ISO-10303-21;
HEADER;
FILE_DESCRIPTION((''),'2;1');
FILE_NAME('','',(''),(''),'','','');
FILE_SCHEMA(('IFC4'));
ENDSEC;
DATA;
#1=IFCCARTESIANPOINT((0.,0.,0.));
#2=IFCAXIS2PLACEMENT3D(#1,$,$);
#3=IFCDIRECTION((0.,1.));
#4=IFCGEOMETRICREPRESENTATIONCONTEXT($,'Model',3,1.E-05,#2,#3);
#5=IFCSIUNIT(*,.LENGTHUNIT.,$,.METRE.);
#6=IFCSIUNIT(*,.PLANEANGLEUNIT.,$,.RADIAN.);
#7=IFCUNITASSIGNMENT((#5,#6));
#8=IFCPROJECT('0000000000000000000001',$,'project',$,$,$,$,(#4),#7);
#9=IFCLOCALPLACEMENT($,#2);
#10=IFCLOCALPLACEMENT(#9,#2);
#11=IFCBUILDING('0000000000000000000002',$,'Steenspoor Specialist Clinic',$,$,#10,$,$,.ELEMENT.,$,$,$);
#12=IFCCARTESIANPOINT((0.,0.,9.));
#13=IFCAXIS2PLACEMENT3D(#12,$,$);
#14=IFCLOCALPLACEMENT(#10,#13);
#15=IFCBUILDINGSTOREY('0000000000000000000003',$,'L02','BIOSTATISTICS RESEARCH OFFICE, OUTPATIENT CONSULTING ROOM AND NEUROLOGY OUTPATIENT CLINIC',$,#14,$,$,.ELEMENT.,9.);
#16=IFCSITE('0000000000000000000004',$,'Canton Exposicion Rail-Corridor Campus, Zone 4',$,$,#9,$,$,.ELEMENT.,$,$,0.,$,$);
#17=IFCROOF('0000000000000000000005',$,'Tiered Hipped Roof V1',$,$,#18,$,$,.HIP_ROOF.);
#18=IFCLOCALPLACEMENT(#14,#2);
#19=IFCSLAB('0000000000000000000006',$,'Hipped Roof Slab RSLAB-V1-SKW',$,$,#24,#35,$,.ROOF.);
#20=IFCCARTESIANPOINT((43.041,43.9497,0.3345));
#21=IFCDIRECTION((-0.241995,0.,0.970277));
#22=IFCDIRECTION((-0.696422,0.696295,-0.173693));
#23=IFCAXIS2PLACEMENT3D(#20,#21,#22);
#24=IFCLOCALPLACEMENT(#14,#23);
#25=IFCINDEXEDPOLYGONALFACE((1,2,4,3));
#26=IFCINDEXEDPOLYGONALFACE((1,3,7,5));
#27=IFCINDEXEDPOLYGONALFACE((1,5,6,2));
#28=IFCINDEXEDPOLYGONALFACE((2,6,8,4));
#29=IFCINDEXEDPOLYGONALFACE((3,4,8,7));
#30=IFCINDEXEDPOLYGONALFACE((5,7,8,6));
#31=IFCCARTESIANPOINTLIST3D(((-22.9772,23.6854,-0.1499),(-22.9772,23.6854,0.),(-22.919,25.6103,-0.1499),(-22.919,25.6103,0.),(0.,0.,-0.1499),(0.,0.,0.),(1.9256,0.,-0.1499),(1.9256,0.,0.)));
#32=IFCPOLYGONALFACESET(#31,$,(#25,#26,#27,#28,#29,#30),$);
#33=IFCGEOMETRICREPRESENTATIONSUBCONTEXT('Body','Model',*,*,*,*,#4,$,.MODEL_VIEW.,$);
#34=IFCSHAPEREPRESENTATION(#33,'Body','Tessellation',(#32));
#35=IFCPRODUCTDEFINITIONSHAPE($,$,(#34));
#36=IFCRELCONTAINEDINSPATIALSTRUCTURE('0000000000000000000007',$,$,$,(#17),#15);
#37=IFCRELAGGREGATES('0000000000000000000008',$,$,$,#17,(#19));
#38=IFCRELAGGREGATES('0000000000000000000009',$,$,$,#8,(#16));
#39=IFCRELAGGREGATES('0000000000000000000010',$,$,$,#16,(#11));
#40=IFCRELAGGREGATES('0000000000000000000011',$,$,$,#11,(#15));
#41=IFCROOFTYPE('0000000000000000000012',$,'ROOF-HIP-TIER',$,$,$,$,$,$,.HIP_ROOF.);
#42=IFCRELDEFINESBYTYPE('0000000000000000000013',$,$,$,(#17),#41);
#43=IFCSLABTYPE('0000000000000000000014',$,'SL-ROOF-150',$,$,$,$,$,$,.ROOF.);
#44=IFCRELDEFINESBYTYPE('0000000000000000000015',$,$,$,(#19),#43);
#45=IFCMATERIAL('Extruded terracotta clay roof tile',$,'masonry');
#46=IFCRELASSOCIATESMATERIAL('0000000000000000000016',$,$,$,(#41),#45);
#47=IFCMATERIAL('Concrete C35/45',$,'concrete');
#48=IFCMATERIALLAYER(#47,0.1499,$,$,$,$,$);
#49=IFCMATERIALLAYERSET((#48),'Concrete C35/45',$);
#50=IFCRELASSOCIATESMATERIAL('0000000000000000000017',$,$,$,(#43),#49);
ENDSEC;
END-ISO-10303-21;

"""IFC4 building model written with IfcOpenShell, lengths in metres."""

from ifc_helpers import new_model, si_unit, direction, frame, origin, place, context, subcontext, project, spatial, polyline, outline, extrude, material, layer, layer_set, type_object, element, aggregate, save


model = new_model("IFC4")

# Units and contexts
model_context = context("Model", 3, precision=1e-05, world=origin(), true_north=direction((0.0, 1.0)))
body_context = subcontext(model_context, "Body", "Model", "MODEL_VIEW")
ifc_project = project(units=[si_unit("LENGTHUNIT", "METRE"), si_unit("PLANEANGLEUNIT", "RADIAN")], contexts=[model_context])

# Site, building, storey
site_placement = place(None, origin())
site = spatial("IfcSite", under=ifc_project, at=site_placement, Name="Canton Exposicion Rail-Corridor Campus, Zone 4", CompositionType="ELEMENT", RefElevation=0.0)
building_placement = place(site_placement, origin())
building = spatial("IfcBuilding", under=site, at=building_placement, Name="Steenspoor Specialist Clinic", CompositionType="ELEMENT")
storey_placement = place(building_placement, frame((0.0, 0.0, 9.0)))
storey = spatial("IfcBuildingStorey", under=building, at=storey_placement, Name="L02", Description="BIOSTATISTICS RESEARCH OFFICE, OUTPATIENT CONSULTING ROOM AND NEUROLOGY OUTPATIENT CLINIC", CompositionType="ELEMENT", Elevation=9.0)

# Roof, slab
ifc_material_1 = material(Name="Extruded terracotta clay roof tile", Category="masonry")
roof_type = type_object("IfcRoofType", Name="ROOF-HIP-TIER", PredefinedType="HIP_ROOF", material=ifc_material_1)
roof_placement = place(storey_placement, origin())
roof = element("IfcRoof", 1, at=roof_placement, inside=storey, type_object=roof_type, Name="Tiered Hipped Roof V1", PredefinedType="HIP_ROOF")
ifc_material_2 = material(Name="Concrete C35/45", Category="concrete")
ifc_layer_1 = layer(ifc_material_2, 0.1499)
ifc_layer_set_1 = layer_set([ifc_layer_1], Name="Concrete C35/45")
slab_type = type_object("IfcSlabType", Name="SL-ROOF-150", PredefinedType="ROOF", material=ifc_layer_set_1)
slab_placement = place(storey_placement, frame((43.041, 43.9497, 0.3345), z_axis=(-0.241995, 0.0, 0.970277), x_axis=(-0.696422, 0.696295, -0.173693)))
slab = element("IfcSlab", 2, at=slab_placement, type_object=slab_type, Name="Hipped Roof Slab RSLAB-V1-SKW", PredefinedType="ROOF", context=body_context, shape_type="SweptSolid", body=[
    extrude(outline(polyline([(0.0, 0.0), (1.9256, 0.0), (-22.919, 25.6103), (-22.9772, 23.6854), (0.0, 0.0)])), origin(), (0.0, 0.0, -1.0), 0.1499),
])
aggregate(roof, [slab])

save(model, "model.ifc")
